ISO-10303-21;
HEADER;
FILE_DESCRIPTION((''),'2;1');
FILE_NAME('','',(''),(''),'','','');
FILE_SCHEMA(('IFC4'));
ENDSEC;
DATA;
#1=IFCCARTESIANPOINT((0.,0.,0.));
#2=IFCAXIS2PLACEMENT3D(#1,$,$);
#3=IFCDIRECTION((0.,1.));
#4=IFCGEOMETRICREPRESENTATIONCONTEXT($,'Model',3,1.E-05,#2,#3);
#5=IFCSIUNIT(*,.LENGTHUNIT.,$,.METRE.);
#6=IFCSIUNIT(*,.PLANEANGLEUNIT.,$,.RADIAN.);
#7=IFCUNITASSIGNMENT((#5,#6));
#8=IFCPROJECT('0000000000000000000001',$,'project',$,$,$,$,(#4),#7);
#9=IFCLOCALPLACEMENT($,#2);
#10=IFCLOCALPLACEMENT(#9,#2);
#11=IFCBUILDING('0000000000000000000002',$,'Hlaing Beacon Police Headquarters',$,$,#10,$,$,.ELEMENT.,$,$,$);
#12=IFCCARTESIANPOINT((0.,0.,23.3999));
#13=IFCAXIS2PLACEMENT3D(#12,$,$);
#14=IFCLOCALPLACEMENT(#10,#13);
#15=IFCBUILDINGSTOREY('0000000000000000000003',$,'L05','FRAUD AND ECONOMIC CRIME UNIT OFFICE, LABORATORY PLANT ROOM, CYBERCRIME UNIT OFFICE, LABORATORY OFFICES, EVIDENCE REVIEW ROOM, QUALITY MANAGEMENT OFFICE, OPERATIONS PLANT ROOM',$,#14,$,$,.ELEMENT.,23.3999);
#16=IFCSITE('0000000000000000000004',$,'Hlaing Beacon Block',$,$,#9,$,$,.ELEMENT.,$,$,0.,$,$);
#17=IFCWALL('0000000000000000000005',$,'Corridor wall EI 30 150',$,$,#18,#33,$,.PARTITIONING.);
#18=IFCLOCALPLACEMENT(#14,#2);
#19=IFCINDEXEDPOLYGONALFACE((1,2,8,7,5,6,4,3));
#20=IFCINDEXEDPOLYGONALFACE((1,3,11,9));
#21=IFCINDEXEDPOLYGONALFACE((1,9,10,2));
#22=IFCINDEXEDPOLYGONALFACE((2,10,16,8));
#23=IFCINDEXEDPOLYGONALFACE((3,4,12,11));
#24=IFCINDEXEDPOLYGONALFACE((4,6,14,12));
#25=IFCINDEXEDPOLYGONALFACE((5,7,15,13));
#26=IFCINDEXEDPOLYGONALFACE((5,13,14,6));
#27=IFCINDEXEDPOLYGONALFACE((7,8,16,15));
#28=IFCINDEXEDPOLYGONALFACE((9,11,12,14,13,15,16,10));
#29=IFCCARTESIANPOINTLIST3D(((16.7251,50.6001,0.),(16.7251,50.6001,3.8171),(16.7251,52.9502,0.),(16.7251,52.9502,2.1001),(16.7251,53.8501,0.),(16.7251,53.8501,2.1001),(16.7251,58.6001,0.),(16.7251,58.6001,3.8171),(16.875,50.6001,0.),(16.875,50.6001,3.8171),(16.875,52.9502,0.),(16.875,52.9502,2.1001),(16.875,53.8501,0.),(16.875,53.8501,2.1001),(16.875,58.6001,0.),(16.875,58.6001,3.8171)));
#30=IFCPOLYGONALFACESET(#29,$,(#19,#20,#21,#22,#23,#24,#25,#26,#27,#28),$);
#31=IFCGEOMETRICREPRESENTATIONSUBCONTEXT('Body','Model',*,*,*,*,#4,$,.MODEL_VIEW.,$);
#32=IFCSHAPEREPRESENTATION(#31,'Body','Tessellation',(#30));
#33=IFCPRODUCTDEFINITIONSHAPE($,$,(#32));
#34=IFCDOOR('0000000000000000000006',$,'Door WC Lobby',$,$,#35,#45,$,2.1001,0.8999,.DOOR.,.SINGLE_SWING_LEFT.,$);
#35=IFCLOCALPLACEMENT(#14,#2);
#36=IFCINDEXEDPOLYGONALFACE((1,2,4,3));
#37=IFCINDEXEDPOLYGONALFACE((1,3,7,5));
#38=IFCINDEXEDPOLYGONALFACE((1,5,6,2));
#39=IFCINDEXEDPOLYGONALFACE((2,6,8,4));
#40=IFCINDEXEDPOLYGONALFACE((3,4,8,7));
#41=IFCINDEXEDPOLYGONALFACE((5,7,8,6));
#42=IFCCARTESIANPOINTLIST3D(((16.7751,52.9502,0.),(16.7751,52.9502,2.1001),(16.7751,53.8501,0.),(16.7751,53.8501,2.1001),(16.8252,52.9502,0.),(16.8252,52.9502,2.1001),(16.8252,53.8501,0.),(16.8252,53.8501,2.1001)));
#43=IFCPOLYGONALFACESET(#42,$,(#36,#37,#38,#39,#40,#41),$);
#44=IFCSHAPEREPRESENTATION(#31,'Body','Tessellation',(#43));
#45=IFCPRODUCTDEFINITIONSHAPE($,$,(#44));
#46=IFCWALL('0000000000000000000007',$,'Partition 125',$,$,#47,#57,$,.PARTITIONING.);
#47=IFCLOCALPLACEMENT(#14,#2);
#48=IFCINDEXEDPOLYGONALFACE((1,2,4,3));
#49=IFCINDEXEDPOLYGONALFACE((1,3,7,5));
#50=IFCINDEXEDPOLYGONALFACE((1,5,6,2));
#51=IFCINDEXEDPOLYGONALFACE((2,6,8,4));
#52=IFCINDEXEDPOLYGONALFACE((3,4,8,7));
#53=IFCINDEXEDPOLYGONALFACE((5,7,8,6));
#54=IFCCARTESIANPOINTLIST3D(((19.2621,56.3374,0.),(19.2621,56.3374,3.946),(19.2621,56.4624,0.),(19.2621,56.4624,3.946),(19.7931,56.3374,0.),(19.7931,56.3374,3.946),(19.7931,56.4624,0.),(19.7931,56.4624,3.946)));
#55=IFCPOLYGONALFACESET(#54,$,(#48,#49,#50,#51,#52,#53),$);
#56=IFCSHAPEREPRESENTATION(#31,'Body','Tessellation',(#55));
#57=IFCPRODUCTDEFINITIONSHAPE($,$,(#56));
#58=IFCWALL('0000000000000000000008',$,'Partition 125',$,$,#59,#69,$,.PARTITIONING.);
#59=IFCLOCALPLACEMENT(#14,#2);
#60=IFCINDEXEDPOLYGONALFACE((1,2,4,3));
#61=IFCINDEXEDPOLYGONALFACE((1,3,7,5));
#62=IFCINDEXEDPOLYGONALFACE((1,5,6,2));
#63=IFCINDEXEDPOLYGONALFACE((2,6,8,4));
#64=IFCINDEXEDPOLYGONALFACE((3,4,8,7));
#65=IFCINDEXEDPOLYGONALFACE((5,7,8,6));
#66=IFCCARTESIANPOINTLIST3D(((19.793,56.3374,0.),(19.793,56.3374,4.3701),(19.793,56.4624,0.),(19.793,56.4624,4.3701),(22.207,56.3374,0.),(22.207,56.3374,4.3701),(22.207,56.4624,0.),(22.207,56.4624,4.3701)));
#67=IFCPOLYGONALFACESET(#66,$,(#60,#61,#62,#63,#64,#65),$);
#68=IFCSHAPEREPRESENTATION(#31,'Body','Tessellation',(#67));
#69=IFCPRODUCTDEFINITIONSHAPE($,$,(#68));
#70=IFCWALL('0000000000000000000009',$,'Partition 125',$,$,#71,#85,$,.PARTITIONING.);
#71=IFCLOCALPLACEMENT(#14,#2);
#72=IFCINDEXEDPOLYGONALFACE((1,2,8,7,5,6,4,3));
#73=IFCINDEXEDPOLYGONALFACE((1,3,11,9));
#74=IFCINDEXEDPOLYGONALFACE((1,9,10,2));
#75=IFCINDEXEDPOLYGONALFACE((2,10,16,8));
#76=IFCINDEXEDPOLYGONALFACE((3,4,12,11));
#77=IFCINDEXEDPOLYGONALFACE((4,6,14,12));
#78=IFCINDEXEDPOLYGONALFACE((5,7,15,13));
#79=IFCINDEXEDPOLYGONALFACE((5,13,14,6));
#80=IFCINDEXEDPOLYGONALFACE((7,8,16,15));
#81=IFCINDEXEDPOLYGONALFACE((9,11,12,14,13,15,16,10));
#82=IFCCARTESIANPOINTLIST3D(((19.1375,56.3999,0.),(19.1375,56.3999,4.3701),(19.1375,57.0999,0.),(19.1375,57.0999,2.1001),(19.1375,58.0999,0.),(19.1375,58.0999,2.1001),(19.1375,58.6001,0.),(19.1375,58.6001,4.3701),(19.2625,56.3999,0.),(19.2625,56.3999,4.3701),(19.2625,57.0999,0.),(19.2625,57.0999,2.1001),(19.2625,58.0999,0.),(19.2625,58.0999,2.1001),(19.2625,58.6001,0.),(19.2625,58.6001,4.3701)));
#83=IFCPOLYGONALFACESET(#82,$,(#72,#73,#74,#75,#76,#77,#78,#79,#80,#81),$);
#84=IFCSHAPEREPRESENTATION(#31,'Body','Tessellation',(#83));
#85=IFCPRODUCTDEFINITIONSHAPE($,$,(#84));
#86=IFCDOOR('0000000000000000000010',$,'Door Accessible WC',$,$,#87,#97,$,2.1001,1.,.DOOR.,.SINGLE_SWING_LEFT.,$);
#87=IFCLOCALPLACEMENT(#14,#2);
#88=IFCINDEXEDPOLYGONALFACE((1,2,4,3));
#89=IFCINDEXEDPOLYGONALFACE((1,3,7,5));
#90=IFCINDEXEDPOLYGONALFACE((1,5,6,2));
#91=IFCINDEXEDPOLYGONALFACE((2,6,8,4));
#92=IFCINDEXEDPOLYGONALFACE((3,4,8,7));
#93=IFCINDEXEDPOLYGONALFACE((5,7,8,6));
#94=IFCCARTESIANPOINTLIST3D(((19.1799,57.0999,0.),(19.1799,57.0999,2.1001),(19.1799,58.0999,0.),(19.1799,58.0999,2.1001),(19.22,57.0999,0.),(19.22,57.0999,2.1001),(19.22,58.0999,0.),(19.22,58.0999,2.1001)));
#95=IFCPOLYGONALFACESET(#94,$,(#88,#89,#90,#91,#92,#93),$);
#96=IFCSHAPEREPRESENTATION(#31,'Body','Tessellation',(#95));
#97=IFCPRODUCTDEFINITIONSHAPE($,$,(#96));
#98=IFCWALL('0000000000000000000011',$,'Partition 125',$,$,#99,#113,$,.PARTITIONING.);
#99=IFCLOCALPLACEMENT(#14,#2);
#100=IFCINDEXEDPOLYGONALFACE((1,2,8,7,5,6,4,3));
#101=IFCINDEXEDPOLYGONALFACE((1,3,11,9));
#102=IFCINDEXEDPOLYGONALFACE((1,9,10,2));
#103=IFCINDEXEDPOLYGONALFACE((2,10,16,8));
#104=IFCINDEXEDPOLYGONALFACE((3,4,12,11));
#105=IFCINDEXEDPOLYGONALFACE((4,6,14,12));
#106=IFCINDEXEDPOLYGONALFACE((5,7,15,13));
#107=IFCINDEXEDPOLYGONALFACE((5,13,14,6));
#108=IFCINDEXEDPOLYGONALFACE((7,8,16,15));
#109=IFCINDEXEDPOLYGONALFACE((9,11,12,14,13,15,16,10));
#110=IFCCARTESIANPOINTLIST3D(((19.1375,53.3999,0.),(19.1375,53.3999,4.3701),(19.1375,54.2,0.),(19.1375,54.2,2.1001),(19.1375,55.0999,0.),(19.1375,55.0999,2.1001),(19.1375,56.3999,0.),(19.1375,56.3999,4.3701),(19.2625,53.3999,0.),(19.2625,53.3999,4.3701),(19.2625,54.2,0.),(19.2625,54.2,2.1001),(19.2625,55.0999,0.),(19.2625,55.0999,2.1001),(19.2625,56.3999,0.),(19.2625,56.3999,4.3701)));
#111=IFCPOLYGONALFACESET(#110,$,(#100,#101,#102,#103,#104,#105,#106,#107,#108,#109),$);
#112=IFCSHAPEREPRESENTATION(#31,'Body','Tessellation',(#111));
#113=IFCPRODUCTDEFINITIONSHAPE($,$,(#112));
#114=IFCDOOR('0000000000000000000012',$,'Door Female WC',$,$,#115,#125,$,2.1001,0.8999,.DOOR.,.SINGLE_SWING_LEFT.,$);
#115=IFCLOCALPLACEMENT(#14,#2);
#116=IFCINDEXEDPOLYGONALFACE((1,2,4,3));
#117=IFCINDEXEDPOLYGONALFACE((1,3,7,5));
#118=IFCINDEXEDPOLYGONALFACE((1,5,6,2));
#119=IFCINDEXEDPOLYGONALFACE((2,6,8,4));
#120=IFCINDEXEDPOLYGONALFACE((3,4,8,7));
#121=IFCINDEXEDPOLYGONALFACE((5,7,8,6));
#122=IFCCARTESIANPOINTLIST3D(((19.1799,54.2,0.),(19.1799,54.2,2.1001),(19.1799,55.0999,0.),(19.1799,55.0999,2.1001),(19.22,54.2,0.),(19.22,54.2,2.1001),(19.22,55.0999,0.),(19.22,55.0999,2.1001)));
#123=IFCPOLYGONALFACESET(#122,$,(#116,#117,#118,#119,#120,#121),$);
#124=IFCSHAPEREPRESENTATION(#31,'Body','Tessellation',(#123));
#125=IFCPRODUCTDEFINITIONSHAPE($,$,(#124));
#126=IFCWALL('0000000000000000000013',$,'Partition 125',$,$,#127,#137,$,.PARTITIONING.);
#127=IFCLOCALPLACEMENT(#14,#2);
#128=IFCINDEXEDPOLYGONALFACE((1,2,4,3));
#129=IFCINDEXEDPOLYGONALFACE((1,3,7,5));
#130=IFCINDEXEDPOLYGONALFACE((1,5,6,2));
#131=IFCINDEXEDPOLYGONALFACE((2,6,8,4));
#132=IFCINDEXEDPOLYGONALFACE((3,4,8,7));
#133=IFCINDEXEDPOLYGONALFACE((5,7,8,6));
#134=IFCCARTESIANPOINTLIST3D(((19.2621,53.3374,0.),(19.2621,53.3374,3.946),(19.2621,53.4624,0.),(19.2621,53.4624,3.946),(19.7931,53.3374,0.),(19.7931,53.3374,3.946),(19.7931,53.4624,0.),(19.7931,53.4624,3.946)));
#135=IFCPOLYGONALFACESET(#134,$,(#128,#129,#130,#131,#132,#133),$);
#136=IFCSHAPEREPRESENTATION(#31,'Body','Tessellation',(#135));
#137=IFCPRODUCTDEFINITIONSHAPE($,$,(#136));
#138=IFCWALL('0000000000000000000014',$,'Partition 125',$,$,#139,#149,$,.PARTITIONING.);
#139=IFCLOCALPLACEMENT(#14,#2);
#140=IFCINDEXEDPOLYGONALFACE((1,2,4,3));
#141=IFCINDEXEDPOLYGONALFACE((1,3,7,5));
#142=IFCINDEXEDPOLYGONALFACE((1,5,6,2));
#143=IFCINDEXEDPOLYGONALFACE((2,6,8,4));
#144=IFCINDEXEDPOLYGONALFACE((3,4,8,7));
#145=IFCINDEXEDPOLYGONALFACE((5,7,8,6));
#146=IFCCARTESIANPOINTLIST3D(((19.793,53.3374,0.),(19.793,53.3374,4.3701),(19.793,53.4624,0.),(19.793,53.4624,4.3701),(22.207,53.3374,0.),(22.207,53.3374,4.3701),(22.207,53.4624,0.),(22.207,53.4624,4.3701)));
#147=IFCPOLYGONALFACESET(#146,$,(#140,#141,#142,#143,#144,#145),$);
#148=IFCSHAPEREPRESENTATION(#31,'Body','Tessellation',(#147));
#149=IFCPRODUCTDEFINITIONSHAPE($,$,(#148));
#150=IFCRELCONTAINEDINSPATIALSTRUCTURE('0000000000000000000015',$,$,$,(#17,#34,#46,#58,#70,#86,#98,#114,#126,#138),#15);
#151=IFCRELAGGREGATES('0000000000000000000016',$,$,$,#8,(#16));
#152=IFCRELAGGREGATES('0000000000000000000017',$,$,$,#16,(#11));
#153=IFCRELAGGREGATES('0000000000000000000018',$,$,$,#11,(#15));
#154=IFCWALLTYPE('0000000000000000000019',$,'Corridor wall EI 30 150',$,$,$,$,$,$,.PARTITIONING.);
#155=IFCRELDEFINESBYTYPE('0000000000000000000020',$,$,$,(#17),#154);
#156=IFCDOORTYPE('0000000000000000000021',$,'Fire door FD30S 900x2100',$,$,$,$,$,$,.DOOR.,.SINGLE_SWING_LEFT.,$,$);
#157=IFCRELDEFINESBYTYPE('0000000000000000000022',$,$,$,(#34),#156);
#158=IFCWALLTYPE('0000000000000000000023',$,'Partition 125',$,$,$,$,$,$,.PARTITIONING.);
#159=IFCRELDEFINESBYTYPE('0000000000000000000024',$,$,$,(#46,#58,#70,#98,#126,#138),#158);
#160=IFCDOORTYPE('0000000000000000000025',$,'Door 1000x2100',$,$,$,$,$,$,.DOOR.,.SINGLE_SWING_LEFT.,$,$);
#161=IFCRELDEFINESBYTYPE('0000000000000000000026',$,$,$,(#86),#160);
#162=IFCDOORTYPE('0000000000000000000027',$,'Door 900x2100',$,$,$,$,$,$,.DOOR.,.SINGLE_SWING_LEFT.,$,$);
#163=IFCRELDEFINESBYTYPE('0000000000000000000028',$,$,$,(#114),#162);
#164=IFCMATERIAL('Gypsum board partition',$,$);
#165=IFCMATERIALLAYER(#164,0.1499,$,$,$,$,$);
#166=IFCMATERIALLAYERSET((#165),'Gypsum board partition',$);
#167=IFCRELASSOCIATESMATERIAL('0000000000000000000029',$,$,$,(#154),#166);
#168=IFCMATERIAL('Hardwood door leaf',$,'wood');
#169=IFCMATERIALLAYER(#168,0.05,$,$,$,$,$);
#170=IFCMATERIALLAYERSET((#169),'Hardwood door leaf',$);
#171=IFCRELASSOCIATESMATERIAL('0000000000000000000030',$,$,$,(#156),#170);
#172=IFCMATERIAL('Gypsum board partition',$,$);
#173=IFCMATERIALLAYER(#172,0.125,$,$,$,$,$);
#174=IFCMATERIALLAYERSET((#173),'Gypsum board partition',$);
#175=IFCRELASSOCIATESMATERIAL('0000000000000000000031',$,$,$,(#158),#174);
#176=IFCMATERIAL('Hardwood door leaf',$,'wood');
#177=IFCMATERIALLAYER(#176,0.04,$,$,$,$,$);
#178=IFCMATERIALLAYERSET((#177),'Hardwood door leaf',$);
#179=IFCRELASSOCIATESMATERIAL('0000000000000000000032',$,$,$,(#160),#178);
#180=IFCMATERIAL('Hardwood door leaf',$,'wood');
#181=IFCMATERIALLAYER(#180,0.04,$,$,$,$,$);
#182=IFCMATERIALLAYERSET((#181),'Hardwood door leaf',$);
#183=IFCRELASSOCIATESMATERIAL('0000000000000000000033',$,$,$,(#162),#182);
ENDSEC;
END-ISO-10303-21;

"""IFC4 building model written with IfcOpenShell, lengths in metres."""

from ifc_helpers import new_model, si_unit, direction, frame, frame_2d, origin, place, context, subcontext, project, spatial, rectangle, extrude, material, layer, layer_set, type_object, element, fill, save


model = new_model("IFC4")

# Units and contexts
model_context = context("Model", 3, precision=1e-05, world=origin(), true_north=direction((0.0, 1.0)))
body_context = subcontext(model_context, "Body", "Model", "MODEL_VIEW")
ifc_project = project(units=[si_unit("LENGTHUNIT", "METRE"), si_unit("PLANEANGLEUNIT", "RADIAN")], contexts=[model_context])

# Site, building, storey
site_placement = place(None, origin())
site = spatial("IfcSite", under=ifc_project, at=site_placement, Name="Hlaing Beacon Block", CompositionType="ELEMENT", RefElevation=0.0)
building_placement = place(site_placement, origin())
building = spatial("IfcBuilding", under=site, at=building_placement, Name="Hlaing Beacon Police Headquarters", CompositionType="ELEMENT")
storey_placement = place(building_placement, frame((0.0, 0.0, 23.3999)))
storey = spatial("IfcBuildingStorey", under=building, at=storey_placement, Name="L05", Description="FRAUD AND ECONOMIC CRIME UNIT OFFICE, LABORATORY PLANT ROOM, CYBERCRIME UNIT OFFICE, LABORATORY OFFICES, EVIDENCE REVIEW ROOM, QUALITY MANAGEMENT OFFICE, OPERATIONS PLANT ROOM", CompositionType="ELEMENT", Elevation=23.3999)

# Wall, opening, door
ifc_material_1 = material(Name="Gypsum board partition")
ifc_layer_1 = layer(ifc_material_1, 0.1499)
ifc_layer_set_1 = layer_set([ifc_layer_1], Name="Gypsum board partition")
wall_type_1 = type_object("IfcWallType", Name="Corridor wall EI 30 150", PredefinedType="PARTITIONING", material=ifc_layer_set_1)
wall_1_placement = place(storey_placement, frame((16.8, 50.6001, 0.0), z_axis=(0.0, 0.0, 1.0), x_axis=(0.0, 1.0, 0.0)))
wall_1 = element("IfcWall", 1, at=wall_1_placement, inside=storey, type_object=wall_type_1, Name="Corridor wall EI 30 150", PredefinedType="PARTITIONING", context=body_context, shape_type="SweptSolid", body=[
    extrude(rectangle(XDim=8.0, YDim=0.1499, at=frame_2d((4.0, 0.0))), origin(), (0.0, 0.0, 1.0), 3.8171),
])
opening_1_placement = place(wall_1_placement, frame((2.3501, 0.0, 0.0)))
opening_1 = element("IfcOpeningElement", 2, at=opening_1_placement, cuts=wall_1, PredefinedType="OPENING", context=body_context, shape_type="SweptSolid", body=[
    extrude(rectangle(XDim=0.8999, YDim=2.1001, at=frame_2d((0.45, 1.05))), frame((0.0, 0.085, 0.0), z_axis=(0.0, -1.0, 0.0), x_axis=(1.0, 0.0, 0.0)), (0.0, 0.0, 1.0), 0.1699),
])
ifc_material_2 = material(Name="Hardwood door leaf", Category="wood")
ifc_layer_2 = layer(ifc_material_2, 0.05)
ifc_layer_set_2 = layer_set([ifc_layer_2], Name="Hardwood door leaf")
door_type_1 = type_object("IfcDoorType", Name="Fire door FD30S 900x2100", OperationType="SINGLE_SWING_LEFT", PredefinedType="DOOR", material=ifc_layer_set_2)
door_1_placement = place(opening_1_placement, frame((0.8999, 0.0, 0.0), z_axis=(0.0, 0.0, 1.0), x_axis=(-1.0, 0.0, 0.0)))
door_1 = element("IfcDoor", 3, at=door_1_placement, inside=storey, type_object=door_type_1, Name="Door WC Lobby", OperationType="SINGLE_SWING_LEFT", OverallHeight=2.1001, OverallWidth=0.8999, PredefinedType="DOOR", context=body_context, shape_type="SweptSolid", body=[
    extrude(rectangle(XDim=0.8999, YDim=2.1001, at=frame_2d((0.45, 1.05))), frame((0.0, 0.0251, 0.0), z_axis=(0.0, -1.0, 0.0), x_axis=(1.0, 0.0, 0.0)), (0.0, 0.0, 1.0), 0.05),
])
fill(opening_1, door_1)

# Walls
ifc_material_3 = material(Name="Gypsum board partition")
ifc_layer_3 = layer(ifc_material_3, 0.125)
ifc_layer_set_3 = layer_set([ifc_layer_3], Name="Gypsum board partition")
wall_type_2 = type_object("IfcWallType", Name="Partition 125", PredefinedType="PARTITIONING", material=ifc_layer_set_3)
wall_2_placement = place(storey_placement, frame((19.262, 56.3999, 0.0), z_axis=(0.0, 0.0, 1.0), x_axis=(1.0, 0.0, 0.0)))
element("IfcWall", 4, at=wall_2_placement, inside=storey, type_object=wall_type_2, Name="Partition 125", PredefinedType="PARTITIONING", context=body_context, shape_type="SweptSolid", body=[
    extrude(rectangle(XDim=0.531, YDim=0.125, at=frame_2d((0.2656, 0.0))), origin(), (0.0, 0.0, 1.0), 3.946),
])
wall_3_placement = place(storey_placement, frame((19.793, 56.3999, 0.0), z_axis=(0.0, 0.0, 1.0), x_axis=(1.0, 0.0, 0.0)))
element("IfcWall", 5, at=wall_3_placement, inside=storey, type_object=wall_type_2, Name="Partition 125", PredefinedType="PARTITIONING", context=body_context, shape_type="SweptSolid", body=[
    extrude(rectangle(XDim=2.4141, YDim=0.125, at=frame_2d((1.207, 0.0))), origin(), (0.0, 0.0, 1.0), 4.3701),
])

# Walls, openings, doors
wall_4_placement = place(storey_placement, frame((19.2, 56.3999, 0.0), z_axis=(0.0, 0.0, 1.0), x_axis=(0.0, 1.0, 0.0)))
wall_4 = element("IfcWall", 6, at=wall_4_placement, inside=storey, type_object=wall_type_2, Name="Partition 125", PredefinedType="PARTITIONING", context=body_context, shape_type="SweptSolid", body=[
    extrude(rectangle(XDim=2.2002, YDim=0.125, at=frame_2d((1.1001, 0.0))), origin(), (0.0, 0.0, 1.0), 4.3701),
])
opening_2_placement = place(wall_4_placement, frame((0.7, 0.0, 0.0)))
opening_2 = element("IfcOpeningElement", 7, at=opening_2_placement, cuts=wall_4, PredefinedType="OPENING", context=body_context, shape_type="SweptSolid", body=[
    extrude(rectangle(XDim=1.0, YDim=2.1001, at=frame_2d((0.5, 1.05))), frame((0.0, 0.0725, 0.0), z_axis=(0.0, -1.0, 0.0), x_axis=(1.0, 0.0, 0.0)), (0.0, 0.0, 1.0), 0.145),
])
ifc_material_4 = material(Name="Hardwood door leaf", Category="wood")
ifc_layer_4 = layer(ifc_material_4, 0.04)
ifc_layer_set_4 = layer_set([ifc_layer_4], Name="Hardwood door leaf")
door_type_2 = type_object("IfcDoorType", Name="Door 1000x2100", OperationType="SINGLE_SWING_LEFT", PredefinedType="DOOR", material=ifc_layer_set_4)
door_2_placement = place(opening_2_placement, frame((1.0, 0.0, 0.0), z_axis=(0.0, 0.0, 1.0), x_axis=(-1.0, 0.0, 0.0)))
door_2 = element("IfcDoor", 8, at=door_2_placement, inside=storey, type_object=door_type_2, Name="Door Accessible WC", OperationType="SINGLE_SWING_LEFT", OverallHeight=2.1001, OverallWidth=1.0, PredefinedType="DOOR", context=body_context, shape_type="SweptSolid", body=[
    extrude(rectangle(XDim=1.0, YDim=2.1001, at=frame_2d((0.5, 1.05))), frame((0.0, 0.02, 0.0), z_axis=(0.0, -1.0, 0.0), x_axis=(1.0, 0.0, 0.0)), (0.0, 0.0, 1.0), 0.04),
])
fill(opening_2, door_2)
wall_5_placement = place(storey_placement, frame((19.2, 53.3999, 0.0), z_axis=(0.0, 0.0, 1.0), x_axis=(0.0, 1.0, 0.0)))
wall_5 = element("IfcWall", 9, at=wall_5_placement, inside=storey, type_object=wall_type_2, Name="Partition 125", PredefinedType="PARTITIONING", context=body_context, shape_type="SweptSolid", body=[
    extrude(rectangle(XDim=3.0, YDim=0.125, at=frame_2d((1.5, 0.0))), origin(), (0.0, 0.0, 1.0), 4.3701),
])
opening_3_placement = place(wall_5_placement, frame((0.8, 0.0, 0.0)))
opening_3 = element("IfcOpeningElement", 10, at=opening_3_placement, cuts=wall_5, PredefinedType="OPENING", context=body_context, shape_type="SweptSolid", body=[
    extrude(rectangle(XDim=0.8999, YDim=2.1001, at=frame_2d((0.45, 1.05))), frame((0.0, 0.0725, 0.0), z_axis=(0.0, -1.0, 0.0), x_axis=(1.0, 0.0, 0.0)), (0.0, 0.0, 1.0), 0.145),
])
ifc_material_5 = material(Name="Hardwood door leaf", Category="wood")
ifc_layer_5 = layer(ifc_material_5, 0.04)
ifc_layer_set_5 = layer_set([ifc_layer_5], Name="Hardwood door leaf")
door_type_3 = type_object("IfcDoorType", Name="Door 900x2100", OperationType="SINGLE_SWING_LEFT", PredefinedType="DOOR", material=ifc_layer_set_5)
door_3_placement = place(opening_3_placement, frame((0.8999, 0.0, 0.0), z_axis=(0.0, 0.0, 1.0), x_axis=(-1.0, 0.0, 0.0)))
door_3 = element("IfcDoor", 11, at=door_3_placement, inside=storey, type_object=door_type_3, Name="Door Female WC", OperationType="SINGLE_SWING_LEFT", OverallHeight=2.1001, OverallWidth=0.8999, PredefinedType="DOOR", context=body_context, shape_type="SweptSolid", body=[
    extrude(rectangle(XDim=0.8999, YDim=2.1001, at=frame_2d((0.45, 1.05))), frame((0.0, 0.02, 0.0), z_axis=(0.0, -1.0, 0.0), x_axis=(1.0, 0.0, 0.0)), (0.0, 0.0, 1.0), 0.04),
])
fill(opening_3, door_3)

# Walls
wall_6_placement = place(storey_placement, frame((19.262, 53.3999, 0.0), z_axis=(0.0, 0.0, 1.0), x_axis=(1.0, 0.0, 0.0)))
element("IfcWall", 12, at=wall_6_placement, inside=storey, type_object=wall_type_2, Name="Partition 125", PredefinedType="PARTITIONING", context=body_context, shape_type="SweptSolid", body=[
    extrude(rectangle(XDim=0.531, YDim=0.125, at=frame_2d((0.2656, 0.0))), origin(), (0.0, 0.0, 1.0), 3.946),
])
wall_7_placement = place(storey_placement, frame((19.793, 53.3999, 0.0), z_axis=(0.0, 0.0, 1.0), x_axis=(1.0, 0.0, 0.0)))
element("IfcWall", 13, at=wall_7_placement, inside=storey, type_object=wall_type_2, Name="Partition 125", PredefinedType="PARTITIONING", context=body_context, shape_type="SweptSolid", body=[
    extrude(rectangle(XDim=2.4141, YDim=0.125, at=frame_2d((1.207, 0.0))), origin(), (0.0, 0.0, 1.0), 4.3701),
])

save(model, "model.ifc")
